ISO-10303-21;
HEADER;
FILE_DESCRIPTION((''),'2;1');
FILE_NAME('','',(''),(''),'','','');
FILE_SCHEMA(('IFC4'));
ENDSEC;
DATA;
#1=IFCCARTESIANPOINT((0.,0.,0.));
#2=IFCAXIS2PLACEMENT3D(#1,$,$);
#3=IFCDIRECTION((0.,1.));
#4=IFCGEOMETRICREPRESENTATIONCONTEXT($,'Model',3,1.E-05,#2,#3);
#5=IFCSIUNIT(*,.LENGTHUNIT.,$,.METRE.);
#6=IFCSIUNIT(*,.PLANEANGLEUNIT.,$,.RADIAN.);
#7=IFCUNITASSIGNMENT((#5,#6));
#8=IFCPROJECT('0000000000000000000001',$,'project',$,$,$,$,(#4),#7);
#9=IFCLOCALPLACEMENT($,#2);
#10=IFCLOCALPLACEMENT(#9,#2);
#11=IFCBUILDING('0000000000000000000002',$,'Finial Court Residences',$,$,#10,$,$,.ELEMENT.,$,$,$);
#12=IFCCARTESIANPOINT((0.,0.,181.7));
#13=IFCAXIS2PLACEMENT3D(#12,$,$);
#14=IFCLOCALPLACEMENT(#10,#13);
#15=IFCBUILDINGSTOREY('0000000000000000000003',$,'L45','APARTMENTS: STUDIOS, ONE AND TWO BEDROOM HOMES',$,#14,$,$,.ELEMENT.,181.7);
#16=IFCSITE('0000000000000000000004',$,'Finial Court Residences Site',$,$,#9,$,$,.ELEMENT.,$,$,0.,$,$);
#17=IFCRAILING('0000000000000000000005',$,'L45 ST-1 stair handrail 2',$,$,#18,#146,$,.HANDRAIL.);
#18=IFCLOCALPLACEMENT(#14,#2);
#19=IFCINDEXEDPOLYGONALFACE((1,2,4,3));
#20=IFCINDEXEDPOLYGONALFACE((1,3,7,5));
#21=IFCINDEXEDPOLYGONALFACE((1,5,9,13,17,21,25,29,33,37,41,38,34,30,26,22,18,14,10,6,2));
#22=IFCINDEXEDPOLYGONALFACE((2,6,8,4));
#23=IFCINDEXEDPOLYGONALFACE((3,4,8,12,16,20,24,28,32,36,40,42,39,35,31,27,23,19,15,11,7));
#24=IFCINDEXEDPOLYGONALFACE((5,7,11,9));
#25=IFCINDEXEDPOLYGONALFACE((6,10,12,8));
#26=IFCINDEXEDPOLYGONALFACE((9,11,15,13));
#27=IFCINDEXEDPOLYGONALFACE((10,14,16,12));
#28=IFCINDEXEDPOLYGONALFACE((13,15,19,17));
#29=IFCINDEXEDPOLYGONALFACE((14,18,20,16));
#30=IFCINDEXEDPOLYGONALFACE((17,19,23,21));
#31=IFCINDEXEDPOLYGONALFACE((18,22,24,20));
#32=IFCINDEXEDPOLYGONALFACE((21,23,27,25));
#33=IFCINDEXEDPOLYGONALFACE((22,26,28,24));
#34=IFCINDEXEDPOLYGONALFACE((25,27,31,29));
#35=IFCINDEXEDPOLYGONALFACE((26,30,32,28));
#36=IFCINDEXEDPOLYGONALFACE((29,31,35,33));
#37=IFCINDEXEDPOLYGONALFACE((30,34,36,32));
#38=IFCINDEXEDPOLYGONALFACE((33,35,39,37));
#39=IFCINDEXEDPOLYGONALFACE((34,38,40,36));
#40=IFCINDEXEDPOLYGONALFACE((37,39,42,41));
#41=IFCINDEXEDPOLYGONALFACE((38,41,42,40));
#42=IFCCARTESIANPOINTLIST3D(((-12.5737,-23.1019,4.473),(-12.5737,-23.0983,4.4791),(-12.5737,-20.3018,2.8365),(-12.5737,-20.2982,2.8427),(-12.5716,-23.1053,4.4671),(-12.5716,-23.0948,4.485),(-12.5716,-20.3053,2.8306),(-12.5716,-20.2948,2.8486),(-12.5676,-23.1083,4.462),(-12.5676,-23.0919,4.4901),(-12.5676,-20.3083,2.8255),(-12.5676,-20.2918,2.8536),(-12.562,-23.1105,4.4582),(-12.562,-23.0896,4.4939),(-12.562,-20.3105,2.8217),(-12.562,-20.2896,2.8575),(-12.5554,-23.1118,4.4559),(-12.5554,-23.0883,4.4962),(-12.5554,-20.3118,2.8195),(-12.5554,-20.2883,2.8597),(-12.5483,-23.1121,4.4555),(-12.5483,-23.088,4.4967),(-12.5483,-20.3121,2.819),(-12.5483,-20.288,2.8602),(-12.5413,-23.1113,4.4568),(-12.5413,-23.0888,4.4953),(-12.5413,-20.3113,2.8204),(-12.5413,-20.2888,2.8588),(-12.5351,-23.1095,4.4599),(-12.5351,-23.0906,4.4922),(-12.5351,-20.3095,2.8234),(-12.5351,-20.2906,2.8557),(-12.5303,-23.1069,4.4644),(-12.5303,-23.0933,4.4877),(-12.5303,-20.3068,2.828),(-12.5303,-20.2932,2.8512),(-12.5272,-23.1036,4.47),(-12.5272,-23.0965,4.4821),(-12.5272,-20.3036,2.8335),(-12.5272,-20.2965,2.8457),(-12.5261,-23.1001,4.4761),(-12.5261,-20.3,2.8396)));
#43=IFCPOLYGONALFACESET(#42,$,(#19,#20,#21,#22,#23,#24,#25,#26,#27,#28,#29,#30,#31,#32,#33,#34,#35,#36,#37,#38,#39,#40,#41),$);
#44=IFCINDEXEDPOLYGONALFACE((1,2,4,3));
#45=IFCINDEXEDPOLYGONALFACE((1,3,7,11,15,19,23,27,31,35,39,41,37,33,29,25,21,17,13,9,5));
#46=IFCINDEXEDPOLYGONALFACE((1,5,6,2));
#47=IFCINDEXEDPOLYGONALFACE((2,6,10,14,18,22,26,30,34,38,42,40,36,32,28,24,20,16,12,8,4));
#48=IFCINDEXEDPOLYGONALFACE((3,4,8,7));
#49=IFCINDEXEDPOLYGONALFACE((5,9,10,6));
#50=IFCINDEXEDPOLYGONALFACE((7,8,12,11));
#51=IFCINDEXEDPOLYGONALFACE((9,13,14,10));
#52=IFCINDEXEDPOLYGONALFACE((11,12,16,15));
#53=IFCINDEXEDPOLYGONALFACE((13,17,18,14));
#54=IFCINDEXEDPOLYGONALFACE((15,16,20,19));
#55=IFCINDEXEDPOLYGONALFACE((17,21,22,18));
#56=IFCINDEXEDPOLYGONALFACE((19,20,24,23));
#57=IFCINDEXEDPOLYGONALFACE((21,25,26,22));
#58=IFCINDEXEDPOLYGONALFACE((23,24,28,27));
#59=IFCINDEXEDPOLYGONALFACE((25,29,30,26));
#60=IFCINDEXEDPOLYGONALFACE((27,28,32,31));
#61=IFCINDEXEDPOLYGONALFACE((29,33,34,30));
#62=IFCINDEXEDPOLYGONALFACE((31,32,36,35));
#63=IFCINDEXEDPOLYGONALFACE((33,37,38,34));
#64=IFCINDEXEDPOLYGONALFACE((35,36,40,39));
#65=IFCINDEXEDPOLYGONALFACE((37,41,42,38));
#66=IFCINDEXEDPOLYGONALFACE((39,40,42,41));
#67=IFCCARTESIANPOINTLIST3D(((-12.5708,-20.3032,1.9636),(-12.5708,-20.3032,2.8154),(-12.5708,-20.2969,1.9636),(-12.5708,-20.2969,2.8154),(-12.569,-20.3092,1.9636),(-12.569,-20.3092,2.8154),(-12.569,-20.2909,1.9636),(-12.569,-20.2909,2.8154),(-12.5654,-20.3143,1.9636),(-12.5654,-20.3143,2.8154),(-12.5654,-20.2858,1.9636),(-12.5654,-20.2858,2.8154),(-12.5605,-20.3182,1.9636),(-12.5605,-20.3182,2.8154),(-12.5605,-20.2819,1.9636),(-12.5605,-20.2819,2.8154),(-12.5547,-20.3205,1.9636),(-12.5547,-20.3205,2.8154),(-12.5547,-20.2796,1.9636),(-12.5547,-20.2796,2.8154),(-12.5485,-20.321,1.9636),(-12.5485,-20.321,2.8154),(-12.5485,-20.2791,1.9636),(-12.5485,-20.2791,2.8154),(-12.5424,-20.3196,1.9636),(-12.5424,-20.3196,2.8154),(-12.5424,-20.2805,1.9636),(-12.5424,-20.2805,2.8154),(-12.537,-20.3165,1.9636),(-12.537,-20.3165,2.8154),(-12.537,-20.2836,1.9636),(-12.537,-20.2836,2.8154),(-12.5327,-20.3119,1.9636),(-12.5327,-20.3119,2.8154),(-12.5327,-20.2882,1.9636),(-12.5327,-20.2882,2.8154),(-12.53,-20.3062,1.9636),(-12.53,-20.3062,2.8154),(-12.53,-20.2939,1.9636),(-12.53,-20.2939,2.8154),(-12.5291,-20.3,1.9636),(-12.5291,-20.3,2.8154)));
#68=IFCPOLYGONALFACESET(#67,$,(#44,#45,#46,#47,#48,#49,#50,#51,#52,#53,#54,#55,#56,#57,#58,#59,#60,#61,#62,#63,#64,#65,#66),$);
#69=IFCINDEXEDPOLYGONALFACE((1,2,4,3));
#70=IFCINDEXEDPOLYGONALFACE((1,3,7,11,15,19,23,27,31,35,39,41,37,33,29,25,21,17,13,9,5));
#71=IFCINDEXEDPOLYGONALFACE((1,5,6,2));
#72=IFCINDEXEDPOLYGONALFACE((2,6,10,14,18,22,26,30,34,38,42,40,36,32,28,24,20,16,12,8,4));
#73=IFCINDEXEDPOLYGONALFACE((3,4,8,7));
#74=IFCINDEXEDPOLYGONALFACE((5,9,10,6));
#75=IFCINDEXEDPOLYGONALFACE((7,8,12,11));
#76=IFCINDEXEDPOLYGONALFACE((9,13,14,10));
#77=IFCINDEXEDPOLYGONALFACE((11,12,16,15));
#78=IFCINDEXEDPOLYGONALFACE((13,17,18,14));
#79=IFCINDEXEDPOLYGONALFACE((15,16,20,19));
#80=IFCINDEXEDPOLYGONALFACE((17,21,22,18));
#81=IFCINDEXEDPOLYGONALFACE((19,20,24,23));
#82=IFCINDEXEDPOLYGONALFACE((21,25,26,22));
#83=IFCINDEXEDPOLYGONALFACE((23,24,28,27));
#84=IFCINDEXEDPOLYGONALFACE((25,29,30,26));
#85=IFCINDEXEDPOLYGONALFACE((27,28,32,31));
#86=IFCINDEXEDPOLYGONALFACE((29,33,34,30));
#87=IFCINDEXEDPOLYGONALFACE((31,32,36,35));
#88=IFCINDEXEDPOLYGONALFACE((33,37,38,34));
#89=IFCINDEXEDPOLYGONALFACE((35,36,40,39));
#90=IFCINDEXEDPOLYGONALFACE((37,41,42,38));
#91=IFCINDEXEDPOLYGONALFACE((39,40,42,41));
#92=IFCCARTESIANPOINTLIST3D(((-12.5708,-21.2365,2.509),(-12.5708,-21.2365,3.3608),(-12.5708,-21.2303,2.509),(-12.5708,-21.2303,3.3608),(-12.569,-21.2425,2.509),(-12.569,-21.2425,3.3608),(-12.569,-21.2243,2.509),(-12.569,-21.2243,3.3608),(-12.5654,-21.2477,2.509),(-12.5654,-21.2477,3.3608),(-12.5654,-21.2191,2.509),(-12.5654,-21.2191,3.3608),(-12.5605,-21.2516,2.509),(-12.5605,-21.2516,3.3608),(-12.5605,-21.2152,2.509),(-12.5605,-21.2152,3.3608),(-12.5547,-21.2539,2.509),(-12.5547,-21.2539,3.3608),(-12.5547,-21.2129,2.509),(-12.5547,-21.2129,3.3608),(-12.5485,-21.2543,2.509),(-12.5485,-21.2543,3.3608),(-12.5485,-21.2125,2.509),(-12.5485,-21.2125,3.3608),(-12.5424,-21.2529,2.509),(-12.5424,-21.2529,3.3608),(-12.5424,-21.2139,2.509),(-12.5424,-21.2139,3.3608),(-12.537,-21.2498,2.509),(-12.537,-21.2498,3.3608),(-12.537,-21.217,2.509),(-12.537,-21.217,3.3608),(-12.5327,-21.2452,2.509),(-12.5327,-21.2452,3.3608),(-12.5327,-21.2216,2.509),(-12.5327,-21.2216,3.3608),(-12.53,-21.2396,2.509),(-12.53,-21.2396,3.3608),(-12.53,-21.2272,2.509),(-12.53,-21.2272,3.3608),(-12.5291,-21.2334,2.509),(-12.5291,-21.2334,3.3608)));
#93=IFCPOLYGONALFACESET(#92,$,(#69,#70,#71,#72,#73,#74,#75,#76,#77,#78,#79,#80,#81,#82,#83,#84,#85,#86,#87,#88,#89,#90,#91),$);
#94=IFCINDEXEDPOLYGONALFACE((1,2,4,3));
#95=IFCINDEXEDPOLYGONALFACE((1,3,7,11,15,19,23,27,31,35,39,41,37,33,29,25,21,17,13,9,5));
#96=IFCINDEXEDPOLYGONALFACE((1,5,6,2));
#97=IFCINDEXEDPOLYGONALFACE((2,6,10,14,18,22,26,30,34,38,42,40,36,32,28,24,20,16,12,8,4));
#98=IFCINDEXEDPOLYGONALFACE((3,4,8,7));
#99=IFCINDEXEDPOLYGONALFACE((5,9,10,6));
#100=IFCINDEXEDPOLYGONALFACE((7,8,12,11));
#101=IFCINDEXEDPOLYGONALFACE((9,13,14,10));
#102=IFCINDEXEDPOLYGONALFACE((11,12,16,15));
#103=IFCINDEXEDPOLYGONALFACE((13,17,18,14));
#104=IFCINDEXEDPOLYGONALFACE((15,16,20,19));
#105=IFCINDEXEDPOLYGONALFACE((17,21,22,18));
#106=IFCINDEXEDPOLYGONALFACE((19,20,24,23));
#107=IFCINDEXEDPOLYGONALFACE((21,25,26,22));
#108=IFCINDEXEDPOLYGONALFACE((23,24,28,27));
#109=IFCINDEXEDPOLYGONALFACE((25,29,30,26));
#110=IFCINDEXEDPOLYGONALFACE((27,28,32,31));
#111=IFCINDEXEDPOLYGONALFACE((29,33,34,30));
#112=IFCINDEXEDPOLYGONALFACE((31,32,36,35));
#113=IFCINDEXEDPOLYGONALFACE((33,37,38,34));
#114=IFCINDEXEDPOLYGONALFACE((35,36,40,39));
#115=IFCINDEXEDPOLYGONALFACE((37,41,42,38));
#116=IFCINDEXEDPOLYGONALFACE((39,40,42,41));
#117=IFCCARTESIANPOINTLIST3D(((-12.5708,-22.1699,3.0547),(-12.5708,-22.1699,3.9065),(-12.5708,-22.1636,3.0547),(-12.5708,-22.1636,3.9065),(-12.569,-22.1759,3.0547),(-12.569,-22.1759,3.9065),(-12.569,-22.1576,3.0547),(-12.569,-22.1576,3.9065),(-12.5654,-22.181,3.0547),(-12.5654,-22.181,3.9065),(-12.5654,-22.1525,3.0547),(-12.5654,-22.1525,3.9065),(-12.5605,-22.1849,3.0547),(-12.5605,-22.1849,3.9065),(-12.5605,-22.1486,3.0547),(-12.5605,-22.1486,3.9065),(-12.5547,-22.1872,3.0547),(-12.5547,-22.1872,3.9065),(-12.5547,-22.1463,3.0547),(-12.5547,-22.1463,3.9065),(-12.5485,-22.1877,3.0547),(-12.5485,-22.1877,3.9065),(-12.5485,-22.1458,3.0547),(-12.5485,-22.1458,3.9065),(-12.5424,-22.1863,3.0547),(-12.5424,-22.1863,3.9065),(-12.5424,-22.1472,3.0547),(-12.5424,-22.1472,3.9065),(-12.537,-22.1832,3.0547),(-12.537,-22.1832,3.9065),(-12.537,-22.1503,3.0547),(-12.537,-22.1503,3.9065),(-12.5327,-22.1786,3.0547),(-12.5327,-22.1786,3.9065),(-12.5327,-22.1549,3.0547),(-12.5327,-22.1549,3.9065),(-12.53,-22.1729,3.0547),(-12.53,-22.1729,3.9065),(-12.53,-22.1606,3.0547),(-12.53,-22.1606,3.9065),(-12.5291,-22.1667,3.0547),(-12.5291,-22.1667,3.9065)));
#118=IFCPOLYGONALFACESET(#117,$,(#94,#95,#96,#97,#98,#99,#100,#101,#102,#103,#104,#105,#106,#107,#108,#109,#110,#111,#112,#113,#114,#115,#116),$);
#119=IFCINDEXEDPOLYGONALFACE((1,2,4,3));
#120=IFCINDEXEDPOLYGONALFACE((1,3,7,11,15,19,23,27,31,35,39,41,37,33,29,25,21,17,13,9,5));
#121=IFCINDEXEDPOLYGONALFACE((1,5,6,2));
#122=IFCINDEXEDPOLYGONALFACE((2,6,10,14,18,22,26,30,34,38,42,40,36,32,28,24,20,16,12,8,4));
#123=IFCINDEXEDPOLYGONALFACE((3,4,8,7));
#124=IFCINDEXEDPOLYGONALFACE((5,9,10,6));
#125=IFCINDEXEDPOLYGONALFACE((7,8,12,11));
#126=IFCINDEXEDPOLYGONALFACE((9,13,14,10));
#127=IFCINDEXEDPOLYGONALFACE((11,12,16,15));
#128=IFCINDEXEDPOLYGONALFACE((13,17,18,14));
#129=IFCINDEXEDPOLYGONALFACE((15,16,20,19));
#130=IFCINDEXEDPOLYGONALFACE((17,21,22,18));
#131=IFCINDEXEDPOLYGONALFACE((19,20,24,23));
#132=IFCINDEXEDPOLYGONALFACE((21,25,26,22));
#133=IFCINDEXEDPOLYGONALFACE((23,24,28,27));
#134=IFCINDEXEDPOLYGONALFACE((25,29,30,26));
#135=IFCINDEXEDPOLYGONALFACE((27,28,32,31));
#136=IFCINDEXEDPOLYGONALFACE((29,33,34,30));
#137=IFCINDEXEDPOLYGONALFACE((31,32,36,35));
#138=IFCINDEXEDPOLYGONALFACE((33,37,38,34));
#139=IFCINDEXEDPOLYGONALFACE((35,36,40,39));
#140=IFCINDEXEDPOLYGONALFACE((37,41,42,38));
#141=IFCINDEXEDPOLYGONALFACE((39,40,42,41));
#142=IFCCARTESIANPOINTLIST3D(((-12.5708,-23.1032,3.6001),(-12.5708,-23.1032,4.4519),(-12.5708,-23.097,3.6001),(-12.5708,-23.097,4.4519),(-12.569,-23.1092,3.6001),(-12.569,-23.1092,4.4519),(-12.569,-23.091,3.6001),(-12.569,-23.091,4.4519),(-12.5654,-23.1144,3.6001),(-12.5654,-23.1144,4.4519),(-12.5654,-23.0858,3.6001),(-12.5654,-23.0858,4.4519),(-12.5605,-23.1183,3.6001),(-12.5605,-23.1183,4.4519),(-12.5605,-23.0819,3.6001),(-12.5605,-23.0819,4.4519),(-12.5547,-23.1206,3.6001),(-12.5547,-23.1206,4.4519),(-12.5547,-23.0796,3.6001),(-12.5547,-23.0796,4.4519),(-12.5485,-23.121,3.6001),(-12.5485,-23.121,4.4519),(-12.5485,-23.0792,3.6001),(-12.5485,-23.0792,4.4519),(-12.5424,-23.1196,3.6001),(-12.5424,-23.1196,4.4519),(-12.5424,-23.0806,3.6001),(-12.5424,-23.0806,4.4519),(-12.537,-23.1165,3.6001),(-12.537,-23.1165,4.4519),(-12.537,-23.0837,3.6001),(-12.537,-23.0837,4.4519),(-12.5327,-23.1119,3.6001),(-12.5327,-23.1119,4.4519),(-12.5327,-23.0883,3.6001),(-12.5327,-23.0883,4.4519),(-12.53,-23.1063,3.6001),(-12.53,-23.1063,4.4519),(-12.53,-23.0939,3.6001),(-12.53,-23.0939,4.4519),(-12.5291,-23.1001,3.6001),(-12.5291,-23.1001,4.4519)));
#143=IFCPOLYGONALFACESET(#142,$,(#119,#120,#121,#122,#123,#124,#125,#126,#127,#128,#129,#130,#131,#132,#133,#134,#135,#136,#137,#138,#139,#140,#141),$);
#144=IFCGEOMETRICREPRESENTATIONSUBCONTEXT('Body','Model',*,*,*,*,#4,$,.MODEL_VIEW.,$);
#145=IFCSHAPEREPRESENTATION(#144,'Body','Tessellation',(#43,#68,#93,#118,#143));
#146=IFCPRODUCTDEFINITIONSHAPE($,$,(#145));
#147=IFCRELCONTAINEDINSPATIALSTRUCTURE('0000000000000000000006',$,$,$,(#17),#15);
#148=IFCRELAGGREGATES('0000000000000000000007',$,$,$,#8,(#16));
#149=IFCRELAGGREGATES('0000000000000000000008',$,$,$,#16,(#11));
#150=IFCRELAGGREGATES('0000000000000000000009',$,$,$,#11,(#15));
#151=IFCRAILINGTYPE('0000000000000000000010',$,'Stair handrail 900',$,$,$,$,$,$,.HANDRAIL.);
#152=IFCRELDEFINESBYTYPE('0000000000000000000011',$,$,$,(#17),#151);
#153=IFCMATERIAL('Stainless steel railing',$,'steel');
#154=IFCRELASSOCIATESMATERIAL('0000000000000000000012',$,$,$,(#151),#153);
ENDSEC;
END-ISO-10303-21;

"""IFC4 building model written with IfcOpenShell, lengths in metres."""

from ifc_helpers import new_model, si_unit, direction, frame, origin, origin_2d, place, context, subcontext, project, spatial, circle, extrude, material, type_object, element, save


model = new_model("IFC4")

# Units and contexts
model_context = context("Model", 3, precision=1e-05, world=origin(), true_north=direction((0.0, 1.0)))
body_context = subcontext(model_context, "Body", "Model", "MODEL_VIEW")
ifc_project = project(units=[si_unit("LENGTHUNIT", "METRE"), si_unit("PLANEANGLEUNIT", "RADIAN")], contexts=[model_context])

# Site, building, storey
site_placement = place(None, origin())
site = spatial("IfcSite", under=ifc_project, at=site_placement, Name="Finial Court Residences Site", CompositionType="ELEMENT", RefElevation=0.0)
building_placement = place(site_placement, origin())
building = spatial("IfcBuilding", under=site, at=building_placement, Name="Finial Court Residences", CompositionType="ELEMENT")
storey_placement = place(building_placement, frame((0.0, 0.0, 181.7)))
storey = spatial("IfcBuildingStorey", under=building, at=storey_placement, Name="L45", Description="APARTMENTS: STUDIOS, ONE AND TWO BEDROOM HOMES", CompositionType="ELEMENT", Elevation=181.7)

# Railing
ifc_material_1 = material(Name="Stainless steel railing", Category="steel")
railing_type_1 = type_object("IfcRailingType", Name="Stair handrail 900", PredefinedType="HANDRAIL", material=ifc_material_1)
railing_1_placement = place(storey_placement, frame((-12.55, -20.3, 1.9636)))
element("IfcRailing", 1, at=railing_1_placement, inside=storey, type_object=railing_type_1, Name="L45 ST-1 stair handrail 2", PredefinedType="HANDRAIL", context=body_context, shape_type="SweptSolid", body=[
    extrude(circle(Radius=0.0239, at=origin_2d()), frame((0.0, 0.0, 0.876), z_axis=(0.0, -0.863361, 0.504587), x_axis=(1.0, 0.0, 0.0)), (0.0, 0.0, 1.0), 3.2432),
    extrude(circle(Radius=0.021, at=origin_2d()), origin(), (0.0, 0.0, 1.0), 0.8518),
    extrude(circle(Radius=0.021, at=origin_2d()), frame((0.0, -0.9333, 0.5454)), (0.0, 0.0, 1.0), 0.8518),
    extrude(circle(Radius=0.021, at=origin_2d()), frame((0.0, -1.8667, 1.0911)), (0.0, 0.0, 1.0), 0.8518),
    extrude(circle(Radius=0.021, at=origin_2d()), frame((0.0, -2.8, 1.6365)), (0.0, 0.0, 1.0), 0.8518),
])

save(model, "model.ifc")
